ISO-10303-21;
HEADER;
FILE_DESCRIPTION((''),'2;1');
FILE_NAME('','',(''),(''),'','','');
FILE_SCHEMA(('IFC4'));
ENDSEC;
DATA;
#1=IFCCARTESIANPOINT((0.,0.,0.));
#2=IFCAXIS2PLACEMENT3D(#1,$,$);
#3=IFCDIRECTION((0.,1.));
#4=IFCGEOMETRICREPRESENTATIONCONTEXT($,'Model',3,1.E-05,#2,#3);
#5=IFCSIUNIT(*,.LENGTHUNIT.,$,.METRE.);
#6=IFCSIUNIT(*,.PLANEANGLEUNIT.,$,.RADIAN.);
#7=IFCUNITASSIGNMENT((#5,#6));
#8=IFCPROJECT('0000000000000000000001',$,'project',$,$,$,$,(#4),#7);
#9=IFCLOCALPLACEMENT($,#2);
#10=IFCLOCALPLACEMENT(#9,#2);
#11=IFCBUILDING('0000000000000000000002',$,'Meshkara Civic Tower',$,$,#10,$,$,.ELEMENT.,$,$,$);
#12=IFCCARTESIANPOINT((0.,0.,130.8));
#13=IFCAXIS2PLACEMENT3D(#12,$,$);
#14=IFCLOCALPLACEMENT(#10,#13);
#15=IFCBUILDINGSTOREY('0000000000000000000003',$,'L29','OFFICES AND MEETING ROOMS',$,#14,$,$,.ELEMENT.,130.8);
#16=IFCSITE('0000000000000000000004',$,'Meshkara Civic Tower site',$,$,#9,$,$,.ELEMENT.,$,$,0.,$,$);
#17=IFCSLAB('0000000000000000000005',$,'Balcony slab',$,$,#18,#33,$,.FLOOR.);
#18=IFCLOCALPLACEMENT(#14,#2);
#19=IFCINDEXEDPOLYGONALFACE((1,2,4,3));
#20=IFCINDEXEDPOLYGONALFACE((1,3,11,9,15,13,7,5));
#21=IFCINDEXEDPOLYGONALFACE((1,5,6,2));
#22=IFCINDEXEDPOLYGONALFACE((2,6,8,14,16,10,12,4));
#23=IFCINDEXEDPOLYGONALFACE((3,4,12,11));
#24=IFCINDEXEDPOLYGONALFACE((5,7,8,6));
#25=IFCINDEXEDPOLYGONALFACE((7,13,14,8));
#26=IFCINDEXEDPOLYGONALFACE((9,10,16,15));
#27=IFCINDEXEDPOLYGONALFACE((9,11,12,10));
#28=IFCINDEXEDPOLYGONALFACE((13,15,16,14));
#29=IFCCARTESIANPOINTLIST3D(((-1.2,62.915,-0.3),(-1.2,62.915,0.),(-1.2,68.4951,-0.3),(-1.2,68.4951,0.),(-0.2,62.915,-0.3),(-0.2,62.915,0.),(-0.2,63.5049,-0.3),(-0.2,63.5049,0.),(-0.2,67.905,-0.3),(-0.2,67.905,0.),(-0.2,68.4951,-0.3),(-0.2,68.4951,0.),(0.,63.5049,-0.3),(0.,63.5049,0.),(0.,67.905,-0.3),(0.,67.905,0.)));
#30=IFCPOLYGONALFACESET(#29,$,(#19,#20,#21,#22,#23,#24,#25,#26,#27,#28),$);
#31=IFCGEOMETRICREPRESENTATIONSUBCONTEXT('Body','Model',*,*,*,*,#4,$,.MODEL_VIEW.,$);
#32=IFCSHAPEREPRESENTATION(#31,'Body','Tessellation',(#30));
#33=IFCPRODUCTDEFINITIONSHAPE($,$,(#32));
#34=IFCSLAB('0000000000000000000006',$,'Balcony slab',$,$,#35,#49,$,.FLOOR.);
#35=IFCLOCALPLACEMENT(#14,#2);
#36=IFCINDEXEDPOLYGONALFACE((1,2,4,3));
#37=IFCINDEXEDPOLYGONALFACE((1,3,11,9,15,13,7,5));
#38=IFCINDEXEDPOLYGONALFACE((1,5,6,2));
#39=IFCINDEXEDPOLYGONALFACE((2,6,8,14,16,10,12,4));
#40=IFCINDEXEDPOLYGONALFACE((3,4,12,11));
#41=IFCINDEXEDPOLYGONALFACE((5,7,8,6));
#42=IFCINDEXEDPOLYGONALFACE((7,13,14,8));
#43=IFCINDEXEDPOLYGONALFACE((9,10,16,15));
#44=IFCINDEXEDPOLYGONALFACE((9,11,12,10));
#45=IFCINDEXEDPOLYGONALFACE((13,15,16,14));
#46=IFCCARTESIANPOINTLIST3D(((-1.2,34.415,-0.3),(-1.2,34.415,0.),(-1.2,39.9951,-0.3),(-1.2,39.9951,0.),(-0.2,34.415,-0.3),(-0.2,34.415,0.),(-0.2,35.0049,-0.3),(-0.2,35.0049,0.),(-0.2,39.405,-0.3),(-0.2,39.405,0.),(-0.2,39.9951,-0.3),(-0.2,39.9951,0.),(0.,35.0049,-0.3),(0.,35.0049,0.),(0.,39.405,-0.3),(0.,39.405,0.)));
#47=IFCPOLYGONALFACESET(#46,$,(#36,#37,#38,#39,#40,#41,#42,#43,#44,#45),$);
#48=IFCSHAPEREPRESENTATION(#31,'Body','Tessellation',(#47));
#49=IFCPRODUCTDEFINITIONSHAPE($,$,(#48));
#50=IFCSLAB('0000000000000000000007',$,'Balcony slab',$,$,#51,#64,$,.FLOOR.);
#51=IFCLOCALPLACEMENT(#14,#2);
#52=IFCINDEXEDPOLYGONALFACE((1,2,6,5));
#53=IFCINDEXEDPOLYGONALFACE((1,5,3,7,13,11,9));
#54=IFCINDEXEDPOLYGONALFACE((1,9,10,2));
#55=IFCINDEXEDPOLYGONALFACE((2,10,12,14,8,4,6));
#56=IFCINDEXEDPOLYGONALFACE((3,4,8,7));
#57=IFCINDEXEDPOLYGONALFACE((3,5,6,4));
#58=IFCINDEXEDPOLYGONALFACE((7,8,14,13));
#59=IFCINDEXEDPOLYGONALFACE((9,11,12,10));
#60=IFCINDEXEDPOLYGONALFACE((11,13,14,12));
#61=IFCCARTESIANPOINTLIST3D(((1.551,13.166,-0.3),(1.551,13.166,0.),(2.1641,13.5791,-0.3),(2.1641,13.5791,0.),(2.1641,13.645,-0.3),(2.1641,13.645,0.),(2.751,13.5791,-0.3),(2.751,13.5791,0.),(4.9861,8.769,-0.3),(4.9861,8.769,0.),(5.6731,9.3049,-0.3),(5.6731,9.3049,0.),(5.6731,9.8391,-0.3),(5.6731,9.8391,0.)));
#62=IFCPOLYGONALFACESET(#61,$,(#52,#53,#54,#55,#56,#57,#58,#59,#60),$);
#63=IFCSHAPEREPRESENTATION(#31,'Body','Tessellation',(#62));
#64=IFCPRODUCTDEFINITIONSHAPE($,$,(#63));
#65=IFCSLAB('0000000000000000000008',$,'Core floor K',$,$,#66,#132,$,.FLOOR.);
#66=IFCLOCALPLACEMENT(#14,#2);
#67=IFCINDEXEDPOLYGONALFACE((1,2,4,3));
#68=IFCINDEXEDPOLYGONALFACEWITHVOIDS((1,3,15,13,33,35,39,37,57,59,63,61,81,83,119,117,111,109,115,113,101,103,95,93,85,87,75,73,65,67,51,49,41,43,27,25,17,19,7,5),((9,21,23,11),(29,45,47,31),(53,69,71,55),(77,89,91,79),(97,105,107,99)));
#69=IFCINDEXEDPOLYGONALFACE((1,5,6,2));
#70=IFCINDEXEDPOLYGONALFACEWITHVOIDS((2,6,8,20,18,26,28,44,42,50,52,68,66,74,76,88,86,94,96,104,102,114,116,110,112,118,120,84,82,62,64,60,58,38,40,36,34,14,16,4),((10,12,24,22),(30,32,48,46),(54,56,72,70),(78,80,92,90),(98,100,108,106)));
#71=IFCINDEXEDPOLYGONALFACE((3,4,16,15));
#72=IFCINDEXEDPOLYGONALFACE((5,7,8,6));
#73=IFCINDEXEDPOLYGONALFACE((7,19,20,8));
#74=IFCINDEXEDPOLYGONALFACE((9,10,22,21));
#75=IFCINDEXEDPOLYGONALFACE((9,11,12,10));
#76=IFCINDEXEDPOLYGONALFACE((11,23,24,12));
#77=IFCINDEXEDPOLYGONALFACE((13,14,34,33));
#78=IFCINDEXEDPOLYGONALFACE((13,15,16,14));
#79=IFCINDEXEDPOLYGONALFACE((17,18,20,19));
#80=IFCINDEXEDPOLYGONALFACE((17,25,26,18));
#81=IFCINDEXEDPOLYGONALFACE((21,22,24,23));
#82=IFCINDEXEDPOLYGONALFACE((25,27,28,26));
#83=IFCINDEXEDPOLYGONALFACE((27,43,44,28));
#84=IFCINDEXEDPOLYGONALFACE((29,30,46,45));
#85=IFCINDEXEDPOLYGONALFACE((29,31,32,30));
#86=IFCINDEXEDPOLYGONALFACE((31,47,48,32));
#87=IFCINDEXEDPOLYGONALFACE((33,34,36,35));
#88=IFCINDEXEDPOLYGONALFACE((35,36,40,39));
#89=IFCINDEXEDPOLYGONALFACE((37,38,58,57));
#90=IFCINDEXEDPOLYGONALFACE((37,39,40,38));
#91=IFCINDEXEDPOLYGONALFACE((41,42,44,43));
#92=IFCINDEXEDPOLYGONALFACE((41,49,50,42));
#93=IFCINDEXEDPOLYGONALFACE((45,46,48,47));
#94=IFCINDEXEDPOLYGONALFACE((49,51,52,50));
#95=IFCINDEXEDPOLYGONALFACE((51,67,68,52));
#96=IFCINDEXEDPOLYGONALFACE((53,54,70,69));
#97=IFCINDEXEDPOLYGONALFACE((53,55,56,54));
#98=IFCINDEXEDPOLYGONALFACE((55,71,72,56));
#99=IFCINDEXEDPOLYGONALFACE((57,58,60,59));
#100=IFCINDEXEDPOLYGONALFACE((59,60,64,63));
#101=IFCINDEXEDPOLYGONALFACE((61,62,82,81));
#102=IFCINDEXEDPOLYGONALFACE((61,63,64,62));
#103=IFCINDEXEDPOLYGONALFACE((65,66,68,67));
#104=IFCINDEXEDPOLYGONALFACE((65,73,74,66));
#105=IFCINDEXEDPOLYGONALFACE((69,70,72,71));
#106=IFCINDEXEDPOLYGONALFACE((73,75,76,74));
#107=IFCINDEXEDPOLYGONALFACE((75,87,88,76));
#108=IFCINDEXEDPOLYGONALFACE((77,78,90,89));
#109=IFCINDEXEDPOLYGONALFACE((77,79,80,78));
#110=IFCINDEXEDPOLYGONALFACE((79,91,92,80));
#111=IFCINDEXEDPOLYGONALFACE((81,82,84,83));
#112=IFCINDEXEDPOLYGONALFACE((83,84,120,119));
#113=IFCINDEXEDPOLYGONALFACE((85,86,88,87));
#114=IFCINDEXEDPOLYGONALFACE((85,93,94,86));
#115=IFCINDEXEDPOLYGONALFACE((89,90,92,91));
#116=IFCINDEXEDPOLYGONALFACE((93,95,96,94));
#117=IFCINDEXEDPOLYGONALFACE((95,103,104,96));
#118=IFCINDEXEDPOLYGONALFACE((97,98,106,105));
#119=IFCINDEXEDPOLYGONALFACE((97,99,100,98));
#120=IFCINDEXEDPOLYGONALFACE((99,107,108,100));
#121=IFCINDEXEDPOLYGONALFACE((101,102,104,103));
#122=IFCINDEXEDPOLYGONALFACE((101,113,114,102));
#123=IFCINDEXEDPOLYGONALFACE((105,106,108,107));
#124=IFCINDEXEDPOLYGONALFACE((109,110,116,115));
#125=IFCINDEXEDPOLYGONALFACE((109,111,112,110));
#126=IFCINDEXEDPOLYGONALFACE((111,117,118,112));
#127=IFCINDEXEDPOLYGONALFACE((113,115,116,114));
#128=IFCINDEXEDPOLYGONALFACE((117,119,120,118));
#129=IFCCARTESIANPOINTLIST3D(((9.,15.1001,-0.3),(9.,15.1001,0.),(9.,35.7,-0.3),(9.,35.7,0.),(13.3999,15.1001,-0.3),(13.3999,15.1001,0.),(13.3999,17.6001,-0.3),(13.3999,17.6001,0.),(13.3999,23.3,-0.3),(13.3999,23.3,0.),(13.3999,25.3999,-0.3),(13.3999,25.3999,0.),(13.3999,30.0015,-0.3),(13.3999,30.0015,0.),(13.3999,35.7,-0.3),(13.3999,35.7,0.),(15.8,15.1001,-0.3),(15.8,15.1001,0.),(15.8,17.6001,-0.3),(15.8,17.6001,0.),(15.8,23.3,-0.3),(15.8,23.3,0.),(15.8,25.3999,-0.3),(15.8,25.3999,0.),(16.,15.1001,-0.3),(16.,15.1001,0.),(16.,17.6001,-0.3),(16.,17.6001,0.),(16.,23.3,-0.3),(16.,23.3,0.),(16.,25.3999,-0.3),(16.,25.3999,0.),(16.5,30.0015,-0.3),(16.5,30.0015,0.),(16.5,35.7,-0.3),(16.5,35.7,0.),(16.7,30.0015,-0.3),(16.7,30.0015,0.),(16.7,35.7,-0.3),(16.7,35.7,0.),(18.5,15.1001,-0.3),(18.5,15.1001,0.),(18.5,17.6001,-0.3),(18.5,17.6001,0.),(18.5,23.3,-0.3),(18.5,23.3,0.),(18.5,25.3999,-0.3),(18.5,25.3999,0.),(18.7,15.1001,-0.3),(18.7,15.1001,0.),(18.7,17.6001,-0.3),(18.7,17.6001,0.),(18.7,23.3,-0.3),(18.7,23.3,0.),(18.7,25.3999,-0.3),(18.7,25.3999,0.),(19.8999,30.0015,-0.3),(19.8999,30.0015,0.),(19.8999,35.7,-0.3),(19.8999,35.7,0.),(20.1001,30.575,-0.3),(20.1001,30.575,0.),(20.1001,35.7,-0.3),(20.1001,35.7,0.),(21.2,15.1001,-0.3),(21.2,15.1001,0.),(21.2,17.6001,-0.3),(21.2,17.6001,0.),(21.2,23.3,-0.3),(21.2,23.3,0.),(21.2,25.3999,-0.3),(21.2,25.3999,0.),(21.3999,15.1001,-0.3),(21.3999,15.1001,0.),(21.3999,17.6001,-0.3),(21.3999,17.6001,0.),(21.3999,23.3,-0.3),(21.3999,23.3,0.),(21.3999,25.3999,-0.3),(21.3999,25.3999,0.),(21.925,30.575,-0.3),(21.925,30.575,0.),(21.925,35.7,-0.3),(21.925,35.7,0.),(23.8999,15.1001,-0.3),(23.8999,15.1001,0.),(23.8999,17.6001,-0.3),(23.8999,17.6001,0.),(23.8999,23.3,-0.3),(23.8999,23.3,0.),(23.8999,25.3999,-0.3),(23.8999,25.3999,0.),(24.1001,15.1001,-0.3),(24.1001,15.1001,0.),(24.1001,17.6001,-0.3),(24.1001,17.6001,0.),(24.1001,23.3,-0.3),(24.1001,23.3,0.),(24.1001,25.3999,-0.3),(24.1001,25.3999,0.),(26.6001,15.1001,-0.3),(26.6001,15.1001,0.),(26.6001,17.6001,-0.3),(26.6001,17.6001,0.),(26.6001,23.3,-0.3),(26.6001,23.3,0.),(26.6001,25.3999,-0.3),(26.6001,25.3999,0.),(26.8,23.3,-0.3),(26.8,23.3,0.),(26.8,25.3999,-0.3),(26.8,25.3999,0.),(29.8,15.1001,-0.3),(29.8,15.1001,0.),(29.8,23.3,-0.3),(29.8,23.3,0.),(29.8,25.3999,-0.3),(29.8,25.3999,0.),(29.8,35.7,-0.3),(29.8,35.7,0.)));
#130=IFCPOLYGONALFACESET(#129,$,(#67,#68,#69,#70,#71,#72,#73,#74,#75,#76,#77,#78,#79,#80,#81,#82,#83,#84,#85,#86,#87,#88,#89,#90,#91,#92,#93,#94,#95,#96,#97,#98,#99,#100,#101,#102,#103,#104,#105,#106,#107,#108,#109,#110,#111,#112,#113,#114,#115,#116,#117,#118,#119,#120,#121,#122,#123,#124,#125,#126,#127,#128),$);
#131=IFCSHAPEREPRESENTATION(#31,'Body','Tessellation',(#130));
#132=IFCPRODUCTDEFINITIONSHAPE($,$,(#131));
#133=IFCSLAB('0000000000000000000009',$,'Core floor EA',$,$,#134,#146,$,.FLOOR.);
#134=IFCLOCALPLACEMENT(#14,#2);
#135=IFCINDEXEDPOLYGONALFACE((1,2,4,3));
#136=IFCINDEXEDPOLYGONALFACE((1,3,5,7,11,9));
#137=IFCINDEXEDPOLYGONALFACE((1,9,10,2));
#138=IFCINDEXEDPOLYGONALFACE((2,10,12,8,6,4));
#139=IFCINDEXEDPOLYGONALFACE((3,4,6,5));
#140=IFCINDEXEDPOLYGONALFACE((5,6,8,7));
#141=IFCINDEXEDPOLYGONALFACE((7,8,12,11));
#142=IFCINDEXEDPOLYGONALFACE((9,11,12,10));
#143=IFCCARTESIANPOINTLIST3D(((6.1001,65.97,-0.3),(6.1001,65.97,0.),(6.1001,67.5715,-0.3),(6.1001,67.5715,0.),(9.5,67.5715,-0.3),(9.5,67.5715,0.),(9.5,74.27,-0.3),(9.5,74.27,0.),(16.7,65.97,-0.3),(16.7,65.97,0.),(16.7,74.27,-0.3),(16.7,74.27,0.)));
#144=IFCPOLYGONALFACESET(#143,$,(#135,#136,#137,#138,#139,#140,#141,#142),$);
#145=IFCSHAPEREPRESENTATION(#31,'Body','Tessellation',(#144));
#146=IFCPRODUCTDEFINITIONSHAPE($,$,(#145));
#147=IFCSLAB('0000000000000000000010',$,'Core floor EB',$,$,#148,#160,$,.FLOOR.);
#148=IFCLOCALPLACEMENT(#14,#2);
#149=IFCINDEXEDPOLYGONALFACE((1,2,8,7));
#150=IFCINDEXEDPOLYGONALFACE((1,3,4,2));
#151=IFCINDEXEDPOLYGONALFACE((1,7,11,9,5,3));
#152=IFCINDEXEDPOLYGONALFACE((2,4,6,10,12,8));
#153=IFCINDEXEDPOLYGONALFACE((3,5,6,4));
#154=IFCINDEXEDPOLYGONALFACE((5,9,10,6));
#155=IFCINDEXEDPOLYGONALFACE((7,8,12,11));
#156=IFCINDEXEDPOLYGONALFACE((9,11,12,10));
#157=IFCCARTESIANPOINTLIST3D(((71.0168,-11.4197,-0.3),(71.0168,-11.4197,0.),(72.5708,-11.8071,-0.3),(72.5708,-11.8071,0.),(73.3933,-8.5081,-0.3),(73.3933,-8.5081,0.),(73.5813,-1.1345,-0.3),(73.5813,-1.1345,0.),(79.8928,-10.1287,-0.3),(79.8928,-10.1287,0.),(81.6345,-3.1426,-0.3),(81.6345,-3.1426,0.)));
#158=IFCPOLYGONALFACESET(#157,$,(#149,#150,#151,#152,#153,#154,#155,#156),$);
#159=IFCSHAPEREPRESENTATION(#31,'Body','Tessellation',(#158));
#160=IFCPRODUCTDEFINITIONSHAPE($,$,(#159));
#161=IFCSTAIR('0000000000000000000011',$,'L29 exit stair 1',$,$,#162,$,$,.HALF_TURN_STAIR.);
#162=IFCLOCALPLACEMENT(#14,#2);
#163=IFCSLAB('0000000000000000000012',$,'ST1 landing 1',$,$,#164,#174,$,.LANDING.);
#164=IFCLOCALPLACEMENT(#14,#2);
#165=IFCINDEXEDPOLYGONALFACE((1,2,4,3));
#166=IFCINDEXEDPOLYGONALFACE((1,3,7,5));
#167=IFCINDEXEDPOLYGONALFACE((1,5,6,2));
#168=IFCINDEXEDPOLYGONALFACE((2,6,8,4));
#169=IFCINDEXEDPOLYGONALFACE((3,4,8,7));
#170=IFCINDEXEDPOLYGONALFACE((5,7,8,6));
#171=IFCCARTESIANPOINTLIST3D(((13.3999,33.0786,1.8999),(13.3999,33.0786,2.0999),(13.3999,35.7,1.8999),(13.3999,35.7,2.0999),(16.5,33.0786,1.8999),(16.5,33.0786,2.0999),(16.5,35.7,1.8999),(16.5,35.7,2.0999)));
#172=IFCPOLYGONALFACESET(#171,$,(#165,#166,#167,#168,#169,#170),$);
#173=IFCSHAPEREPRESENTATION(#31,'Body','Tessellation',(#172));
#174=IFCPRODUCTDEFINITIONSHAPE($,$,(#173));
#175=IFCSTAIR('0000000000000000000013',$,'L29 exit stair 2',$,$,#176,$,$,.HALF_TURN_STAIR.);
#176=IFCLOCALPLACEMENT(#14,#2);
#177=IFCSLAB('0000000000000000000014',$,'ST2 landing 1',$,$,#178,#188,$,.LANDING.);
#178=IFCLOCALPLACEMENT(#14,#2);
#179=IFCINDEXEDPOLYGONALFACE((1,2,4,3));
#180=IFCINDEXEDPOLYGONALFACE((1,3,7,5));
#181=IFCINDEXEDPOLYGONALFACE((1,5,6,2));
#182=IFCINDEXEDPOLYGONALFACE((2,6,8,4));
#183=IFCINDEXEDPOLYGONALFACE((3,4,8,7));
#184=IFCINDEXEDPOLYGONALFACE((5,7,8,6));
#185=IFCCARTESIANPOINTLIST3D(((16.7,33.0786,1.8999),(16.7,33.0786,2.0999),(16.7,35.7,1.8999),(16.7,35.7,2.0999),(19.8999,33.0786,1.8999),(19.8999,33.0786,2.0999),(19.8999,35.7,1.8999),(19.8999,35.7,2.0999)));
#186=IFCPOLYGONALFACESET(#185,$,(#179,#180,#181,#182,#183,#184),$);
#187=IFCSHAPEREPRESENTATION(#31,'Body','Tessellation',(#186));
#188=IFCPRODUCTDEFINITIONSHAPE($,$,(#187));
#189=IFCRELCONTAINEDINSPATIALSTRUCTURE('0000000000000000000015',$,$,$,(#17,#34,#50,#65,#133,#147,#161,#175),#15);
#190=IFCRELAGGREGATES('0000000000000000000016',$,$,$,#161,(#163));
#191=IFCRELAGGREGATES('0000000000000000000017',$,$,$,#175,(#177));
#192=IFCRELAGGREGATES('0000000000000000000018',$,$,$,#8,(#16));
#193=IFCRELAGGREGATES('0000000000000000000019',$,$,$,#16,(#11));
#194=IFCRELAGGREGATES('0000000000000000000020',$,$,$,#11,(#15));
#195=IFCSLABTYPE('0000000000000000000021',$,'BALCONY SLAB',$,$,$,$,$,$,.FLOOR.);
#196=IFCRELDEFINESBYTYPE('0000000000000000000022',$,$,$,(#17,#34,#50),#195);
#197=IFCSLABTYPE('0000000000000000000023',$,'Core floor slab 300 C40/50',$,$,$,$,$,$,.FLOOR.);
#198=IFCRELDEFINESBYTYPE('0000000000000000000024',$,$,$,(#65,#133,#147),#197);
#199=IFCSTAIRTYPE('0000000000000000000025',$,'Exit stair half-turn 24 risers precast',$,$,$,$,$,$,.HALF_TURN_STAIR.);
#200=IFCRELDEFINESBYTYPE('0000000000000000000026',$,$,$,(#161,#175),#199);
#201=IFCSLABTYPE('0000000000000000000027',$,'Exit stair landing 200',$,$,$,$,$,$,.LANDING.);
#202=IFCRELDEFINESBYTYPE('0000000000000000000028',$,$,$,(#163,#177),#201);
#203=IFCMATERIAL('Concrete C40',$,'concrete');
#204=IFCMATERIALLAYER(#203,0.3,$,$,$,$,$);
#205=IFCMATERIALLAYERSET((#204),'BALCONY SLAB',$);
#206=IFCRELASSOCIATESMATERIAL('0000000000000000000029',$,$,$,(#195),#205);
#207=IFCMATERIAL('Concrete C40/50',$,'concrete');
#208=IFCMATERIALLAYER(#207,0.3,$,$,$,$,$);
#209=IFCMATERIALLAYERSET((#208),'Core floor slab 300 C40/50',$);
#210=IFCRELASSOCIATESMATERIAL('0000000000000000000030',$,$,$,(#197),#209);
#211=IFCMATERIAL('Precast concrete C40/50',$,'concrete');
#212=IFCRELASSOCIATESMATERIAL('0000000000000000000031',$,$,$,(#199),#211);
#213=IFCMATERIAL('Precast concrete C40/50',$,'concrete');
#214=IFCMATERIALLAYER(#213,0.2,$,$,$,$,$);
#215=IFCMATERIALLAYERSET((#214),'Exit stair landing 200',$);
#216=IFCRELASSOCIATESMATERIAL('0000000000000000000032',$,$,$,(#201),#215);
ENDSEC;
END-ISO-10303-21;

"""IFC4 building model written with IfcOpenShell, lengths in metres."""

from ifc_helpers import new_model, si_unit, direction, frame, origin, place, context, subcontext, project, spatial, polyline, outline, extrude, material, layer, layer_set, type_object, element, aggregate, save


model = new_model("IFC4")

# Units and contexts
model_context = context("Model", 3, precision=1e-05, world=origin(), true_north=direction((0.0, 1.0)))
body_context = subcontext(model_context, "Body", "Model", "MODEL_VIEW")
ifc_project = project(units=[si_unit("LENGTHUNIT", "METRE"), si_unit("PLANEANGLEUNIT", "RADIAN")], contexts=[model_context])

# Site, building, storey
site_placement = place(None, origin())
site = spatial("IfcSite", under=ifc_project, at=site_placement, Name="Meshkara Civic Tower site", CompositionType="ELEMENT", RefElevation=0.0)
building_placement = place(site_placement, origin())
building = spatial("IfcBuilding", under=site, at=building_placement, Name="Meshkara Civic Tower", CompositionType="ELEMENT")
storey_placement = place(building_placement, frame((0.0, 0.0, 130.8)))
storey = spatial("IfcBuildingStorey", under=building, at=storey_placement, Name="L29", Description="OFFICES AND MEETING ROOMS", CompositionType="ELEMENT", Elevation=130.8)

# Slabs
ifc_material_1 = material(Name="Concrete C40", Category="concrete")
ifc_layer_1 = layer(ifc_material_1, 0.3)
ifc_layer_set_1 = layer_set([ifc_layer_1], Name="BALCONY SLAB")
slab_type_1 = type_object("IfcSlabType", Name="BALCONY SLAB", PredefinedType="FLOOR", material=ifc_layer_set_1)
slab_1_placement = place(storey_placement, frame((0.0, 0.0, -0.3)))
element("IfcSlab", 1, at=slab_1_placement, inside=storey, type_object=slab_type_1, Name="Balcony slab", PredefinedType="FLOOR", context=body_context, shape_type="SweptSolid", body=[
    extrude(outline(polyline([(-1.2, 62.915), (-1.2, 68.4951), (-0.2, 68.4951), (-0.2, 67.905), (0.0, 67.905), (0.0, 63.5049), (-0.2, 63.5049), (-0.2, 62.915), (-1.2, 62.915)])), origin(), (0.0, 0.0, 1.0), 0.3),
])
slab_2_placement = place(storey_placement, frame((0.0, 0.0, -0.3)))
element("IfcSlab", 2, at=slab_2_placement, inside=storey, type_object=slab_type_1, Name="Balcony slab", PredefinedType="FLOOR", context=body_context, shape_type="SweptSolid", body=[
    extrude(outline(polyline([(-1.2, 34.415), (-1.2, 39.9951), (-0.2, 39.9951), (-0.2, 39.405), (0.0, 39.405), (0.0, 35.0049), (-0.2, 35.0049), (-0.2, 34.415), (-1.2, 34.415)])), origin(), (0.0, 0.0, 1.0), 0.3),
])
slab_3_placement = place(storey_placement, frame((0.0, 0.0, -0.3)))
element("IfcSlab", 3, at=slab_3_placement, inside=storey, type_object=slab_type_1, Name="Balcony slab", PredefinedType="FLOOR", context=body_context, shape_type="SweptSolid", body=[
    extrude(outline(polyline([(4.9861, 8.769), (1.551, 13.166), (2.1641, 13.645), (2.1641, 13.5791), (2.751, 13.5791), (5.6731, 9.8391), (5.6731, 9.3049), (4.9861, 8.769)])), origin(), (0.0, 0.0, 1.0), 0.3),
])
ifc_material_2 = material(Name="Concrete C40/50", Category="concrete")
ifc_layer_2 = layer(ifc_material_2, 0.3)
ifc_layer_set_2 = layer_set([ifc_layer_2], Name="Core floor slab 300 C40/50")
slab_type_2 = type_object("IfcSlabType", Name="Core floor slab 300 C40/50", PredefinedType="FLOOR", material=ifc_layer_set_2)
slab_4_placement = place(storey_placement, frame((0.0, 0.0, -0.3)))
element("IfcSlab", 4, at=slab_4_placement, inside=storey, type_object=slab_type_2, Name="Core floor K", PredefinedType="FLOOR", context=body_context, shape_type="SweptSolid", body=[
    extrude(outline(polyline([(9.0, 35.7), (13.3999, 35.7), (13.3999, 30.0015), (16.5, 30.0015), (16.5, 35.7), (16.7, 35.7), (16.7, 30.0015), (19.8999, 30.0015), (19.8999, 35.7), (20.1001, 35.7), (20.1001, 30.575), (21.925, 30.575), (21.925, 35.7), (29.8, 35.7), (29.8, 25.3999), (26.8, 25.3999), (26.8, 23.3), (29.8, 23.3), (29.8, 15.1001), (26.6001, 15.1001), (26.6001, 17.6001), (24.1001, 17.6001), (24.1001, 15.1001), (23.8999, 15.1001), (23.8999, 17.6001), (21.3999, 17.6001), (21.3999, 15.1001), (21.2, 15.1001), (21.2, 17.6001), (18.7, 17.6001), (18.7, 15.1001), (18.5, 15.1001), (18.5, 17.6001), (16.0, 17.6001), (16.0, 15.1001), (15.8, 15.1001), (15.8, 17.6001), (13.3999, 17.6001), (13.3999, 15.1001), (9.0, 15.1001), (9.0, 35.7)]), holes=[polyline([(13.3999, 25.3999), (13.3999, 23.3), (15.8, 23.3), (15.8, 25.3999), (13.3999, 25.3999)]), polyline([(18.5, 23.3), (18.5, 25.3999), (16.0, 25.3999), (16.0, 23.3), (18.5, 23.3)]), polyline([(18.7, 25.3999), (18.7, 23.3), (21.2, 23.3), (21.2, 25.3999), (18.7, 25.3999)]), polyline([(23.8999, 23.3), (23.8999, 25.3999), (21.3999, 25.3999), (21.3999, 23.3), (23.8999, 23.3)]), polyline([(26.6001, 23.3), (26.6001, 25.3999), (24.1001, 25.3999), (24.1001, 23.3), (26.6001, 23.3)])]), origin(), (0.0, 0.0, 1.0), 0.3),
])
slab_5_placement = place(storey_placement, frame((0.0, 0.0, -0.3)))
element("IfcSlab", 5, at=slab_5_placement, inside=storey, type_object=slab_type_2, Name="Core floor EA", PredefinedType="FLOOR", context=body_context, shape_type="SweptSolid", body=[
    extrude(outline(polyline([(16.7, 65.97), (16.7, 74.27), (9.5, 74.27), (9.5, 67.5715), (6.1001, 67.5715), (6.1001, 65.97), (16.7, 65.97)])), origin(), (0.0, 0.0, 1.0), 0.3),
])
slab_6_placement = place(storey_placement, frame((0.0, 0.0, -0.3)))
element("IfcSlab", 6, at=slab_6_placement, inside=storey, type_object=slab_type_2, Name="Core floor EB", PredefinedType="FLOOR", context=body_context, shape_type="SweptSolid", body=[
    extrude(outline(polyline([(73.5813, -1.1345), (81.6345, -3.1426), (79.8928, -10.1287), (73.3933, -8.5081), (72.5708, -11.8071), (71.0168, -11.4197), (73.5813, -1.1345)])), origin(), (0.0, 0.0, 1.0), 0.3),
])

# Stairs, slabs
ifc_material_3 = material(Name="Precast concrete C40/50", Category="concrete")
stair_type_1 = type_object("IfcStairType", Name="Exit stair half-turn 24 risers precast", PredefinedType="HALF_TURN_STAIR", material=ifc_material_3)
stair_1_placement = place(storey_placement, origin())
stair_1 = element("IfcStair", 7, at=stair_1_placement, inside=storey, type_object=stair_type_1, Name="L29 exit stair 1", PredefinedType="HALF_TURN_STAIR")
ifc_material_4 = material(Name="Precast concrete C40/50", Category="concrete")
ifc_layer_3 = layer(ifc_material_4, 0.2)
ifc_layer_set_3 = layer_set([ifc_layer_3], Name="Exit stair landing 200")
slab_type_3 = type_object("IfcSlabType", Name="Exit stair landing 200", PredefinedType="LANDING", material=ifc_layer_set_3)
slab_7_placement = place(storey_placement, frame((0.0, 0.0, 1.8999)))
slab_7 = element("IfcSlab", 8, at=slab_7_placement, type_object=slab_type_3, Name="ST1 landing 1", PredefinedType="LANDING", context=body_context, shape_type="SweptSolid", body=[
    extrude(outline(polyline([(16.5, 33.0786), (16.5, 35.7), (13.3999, 35.7), (13.3999, 33.0786), (16.5, 33.0786)])), origin(), (0.0, 0.0, 1.0), 0.2),
])
aggregate(stair_1, [slab_7])
stair_2_placement = place(storey_placement, origin())
stair_2 = element("IfcStair", 9, at=stair_2_placement, inside=storey, type_object=stair_type_1, Name="L29 exit stair 2", PredefinedType="HALF_TURN_STAIR")
slab_8_placement = place(storey_placement, frame((0.0, 0.0, 1.8999)))
slab_8 = element("IfcSlab", 10, at=slab_8_placement, type_object=slab_type_3, Name="ST2 landing 1", PredefinedType="LANDING", context=body_context, shape_type="SweptSolid", body=[
    extrude(outline(polyline([(19.8999, 33.0786), (19.8999, 35.7), (16.7, 35.7), (16.7, 33.0786), (19.8999, 33.0786)])), origin(), (0.0, 0.0, 1.0), 0.2),
])
aggregate(stair_2, [slab_8])

save(model, "model.ifc")
